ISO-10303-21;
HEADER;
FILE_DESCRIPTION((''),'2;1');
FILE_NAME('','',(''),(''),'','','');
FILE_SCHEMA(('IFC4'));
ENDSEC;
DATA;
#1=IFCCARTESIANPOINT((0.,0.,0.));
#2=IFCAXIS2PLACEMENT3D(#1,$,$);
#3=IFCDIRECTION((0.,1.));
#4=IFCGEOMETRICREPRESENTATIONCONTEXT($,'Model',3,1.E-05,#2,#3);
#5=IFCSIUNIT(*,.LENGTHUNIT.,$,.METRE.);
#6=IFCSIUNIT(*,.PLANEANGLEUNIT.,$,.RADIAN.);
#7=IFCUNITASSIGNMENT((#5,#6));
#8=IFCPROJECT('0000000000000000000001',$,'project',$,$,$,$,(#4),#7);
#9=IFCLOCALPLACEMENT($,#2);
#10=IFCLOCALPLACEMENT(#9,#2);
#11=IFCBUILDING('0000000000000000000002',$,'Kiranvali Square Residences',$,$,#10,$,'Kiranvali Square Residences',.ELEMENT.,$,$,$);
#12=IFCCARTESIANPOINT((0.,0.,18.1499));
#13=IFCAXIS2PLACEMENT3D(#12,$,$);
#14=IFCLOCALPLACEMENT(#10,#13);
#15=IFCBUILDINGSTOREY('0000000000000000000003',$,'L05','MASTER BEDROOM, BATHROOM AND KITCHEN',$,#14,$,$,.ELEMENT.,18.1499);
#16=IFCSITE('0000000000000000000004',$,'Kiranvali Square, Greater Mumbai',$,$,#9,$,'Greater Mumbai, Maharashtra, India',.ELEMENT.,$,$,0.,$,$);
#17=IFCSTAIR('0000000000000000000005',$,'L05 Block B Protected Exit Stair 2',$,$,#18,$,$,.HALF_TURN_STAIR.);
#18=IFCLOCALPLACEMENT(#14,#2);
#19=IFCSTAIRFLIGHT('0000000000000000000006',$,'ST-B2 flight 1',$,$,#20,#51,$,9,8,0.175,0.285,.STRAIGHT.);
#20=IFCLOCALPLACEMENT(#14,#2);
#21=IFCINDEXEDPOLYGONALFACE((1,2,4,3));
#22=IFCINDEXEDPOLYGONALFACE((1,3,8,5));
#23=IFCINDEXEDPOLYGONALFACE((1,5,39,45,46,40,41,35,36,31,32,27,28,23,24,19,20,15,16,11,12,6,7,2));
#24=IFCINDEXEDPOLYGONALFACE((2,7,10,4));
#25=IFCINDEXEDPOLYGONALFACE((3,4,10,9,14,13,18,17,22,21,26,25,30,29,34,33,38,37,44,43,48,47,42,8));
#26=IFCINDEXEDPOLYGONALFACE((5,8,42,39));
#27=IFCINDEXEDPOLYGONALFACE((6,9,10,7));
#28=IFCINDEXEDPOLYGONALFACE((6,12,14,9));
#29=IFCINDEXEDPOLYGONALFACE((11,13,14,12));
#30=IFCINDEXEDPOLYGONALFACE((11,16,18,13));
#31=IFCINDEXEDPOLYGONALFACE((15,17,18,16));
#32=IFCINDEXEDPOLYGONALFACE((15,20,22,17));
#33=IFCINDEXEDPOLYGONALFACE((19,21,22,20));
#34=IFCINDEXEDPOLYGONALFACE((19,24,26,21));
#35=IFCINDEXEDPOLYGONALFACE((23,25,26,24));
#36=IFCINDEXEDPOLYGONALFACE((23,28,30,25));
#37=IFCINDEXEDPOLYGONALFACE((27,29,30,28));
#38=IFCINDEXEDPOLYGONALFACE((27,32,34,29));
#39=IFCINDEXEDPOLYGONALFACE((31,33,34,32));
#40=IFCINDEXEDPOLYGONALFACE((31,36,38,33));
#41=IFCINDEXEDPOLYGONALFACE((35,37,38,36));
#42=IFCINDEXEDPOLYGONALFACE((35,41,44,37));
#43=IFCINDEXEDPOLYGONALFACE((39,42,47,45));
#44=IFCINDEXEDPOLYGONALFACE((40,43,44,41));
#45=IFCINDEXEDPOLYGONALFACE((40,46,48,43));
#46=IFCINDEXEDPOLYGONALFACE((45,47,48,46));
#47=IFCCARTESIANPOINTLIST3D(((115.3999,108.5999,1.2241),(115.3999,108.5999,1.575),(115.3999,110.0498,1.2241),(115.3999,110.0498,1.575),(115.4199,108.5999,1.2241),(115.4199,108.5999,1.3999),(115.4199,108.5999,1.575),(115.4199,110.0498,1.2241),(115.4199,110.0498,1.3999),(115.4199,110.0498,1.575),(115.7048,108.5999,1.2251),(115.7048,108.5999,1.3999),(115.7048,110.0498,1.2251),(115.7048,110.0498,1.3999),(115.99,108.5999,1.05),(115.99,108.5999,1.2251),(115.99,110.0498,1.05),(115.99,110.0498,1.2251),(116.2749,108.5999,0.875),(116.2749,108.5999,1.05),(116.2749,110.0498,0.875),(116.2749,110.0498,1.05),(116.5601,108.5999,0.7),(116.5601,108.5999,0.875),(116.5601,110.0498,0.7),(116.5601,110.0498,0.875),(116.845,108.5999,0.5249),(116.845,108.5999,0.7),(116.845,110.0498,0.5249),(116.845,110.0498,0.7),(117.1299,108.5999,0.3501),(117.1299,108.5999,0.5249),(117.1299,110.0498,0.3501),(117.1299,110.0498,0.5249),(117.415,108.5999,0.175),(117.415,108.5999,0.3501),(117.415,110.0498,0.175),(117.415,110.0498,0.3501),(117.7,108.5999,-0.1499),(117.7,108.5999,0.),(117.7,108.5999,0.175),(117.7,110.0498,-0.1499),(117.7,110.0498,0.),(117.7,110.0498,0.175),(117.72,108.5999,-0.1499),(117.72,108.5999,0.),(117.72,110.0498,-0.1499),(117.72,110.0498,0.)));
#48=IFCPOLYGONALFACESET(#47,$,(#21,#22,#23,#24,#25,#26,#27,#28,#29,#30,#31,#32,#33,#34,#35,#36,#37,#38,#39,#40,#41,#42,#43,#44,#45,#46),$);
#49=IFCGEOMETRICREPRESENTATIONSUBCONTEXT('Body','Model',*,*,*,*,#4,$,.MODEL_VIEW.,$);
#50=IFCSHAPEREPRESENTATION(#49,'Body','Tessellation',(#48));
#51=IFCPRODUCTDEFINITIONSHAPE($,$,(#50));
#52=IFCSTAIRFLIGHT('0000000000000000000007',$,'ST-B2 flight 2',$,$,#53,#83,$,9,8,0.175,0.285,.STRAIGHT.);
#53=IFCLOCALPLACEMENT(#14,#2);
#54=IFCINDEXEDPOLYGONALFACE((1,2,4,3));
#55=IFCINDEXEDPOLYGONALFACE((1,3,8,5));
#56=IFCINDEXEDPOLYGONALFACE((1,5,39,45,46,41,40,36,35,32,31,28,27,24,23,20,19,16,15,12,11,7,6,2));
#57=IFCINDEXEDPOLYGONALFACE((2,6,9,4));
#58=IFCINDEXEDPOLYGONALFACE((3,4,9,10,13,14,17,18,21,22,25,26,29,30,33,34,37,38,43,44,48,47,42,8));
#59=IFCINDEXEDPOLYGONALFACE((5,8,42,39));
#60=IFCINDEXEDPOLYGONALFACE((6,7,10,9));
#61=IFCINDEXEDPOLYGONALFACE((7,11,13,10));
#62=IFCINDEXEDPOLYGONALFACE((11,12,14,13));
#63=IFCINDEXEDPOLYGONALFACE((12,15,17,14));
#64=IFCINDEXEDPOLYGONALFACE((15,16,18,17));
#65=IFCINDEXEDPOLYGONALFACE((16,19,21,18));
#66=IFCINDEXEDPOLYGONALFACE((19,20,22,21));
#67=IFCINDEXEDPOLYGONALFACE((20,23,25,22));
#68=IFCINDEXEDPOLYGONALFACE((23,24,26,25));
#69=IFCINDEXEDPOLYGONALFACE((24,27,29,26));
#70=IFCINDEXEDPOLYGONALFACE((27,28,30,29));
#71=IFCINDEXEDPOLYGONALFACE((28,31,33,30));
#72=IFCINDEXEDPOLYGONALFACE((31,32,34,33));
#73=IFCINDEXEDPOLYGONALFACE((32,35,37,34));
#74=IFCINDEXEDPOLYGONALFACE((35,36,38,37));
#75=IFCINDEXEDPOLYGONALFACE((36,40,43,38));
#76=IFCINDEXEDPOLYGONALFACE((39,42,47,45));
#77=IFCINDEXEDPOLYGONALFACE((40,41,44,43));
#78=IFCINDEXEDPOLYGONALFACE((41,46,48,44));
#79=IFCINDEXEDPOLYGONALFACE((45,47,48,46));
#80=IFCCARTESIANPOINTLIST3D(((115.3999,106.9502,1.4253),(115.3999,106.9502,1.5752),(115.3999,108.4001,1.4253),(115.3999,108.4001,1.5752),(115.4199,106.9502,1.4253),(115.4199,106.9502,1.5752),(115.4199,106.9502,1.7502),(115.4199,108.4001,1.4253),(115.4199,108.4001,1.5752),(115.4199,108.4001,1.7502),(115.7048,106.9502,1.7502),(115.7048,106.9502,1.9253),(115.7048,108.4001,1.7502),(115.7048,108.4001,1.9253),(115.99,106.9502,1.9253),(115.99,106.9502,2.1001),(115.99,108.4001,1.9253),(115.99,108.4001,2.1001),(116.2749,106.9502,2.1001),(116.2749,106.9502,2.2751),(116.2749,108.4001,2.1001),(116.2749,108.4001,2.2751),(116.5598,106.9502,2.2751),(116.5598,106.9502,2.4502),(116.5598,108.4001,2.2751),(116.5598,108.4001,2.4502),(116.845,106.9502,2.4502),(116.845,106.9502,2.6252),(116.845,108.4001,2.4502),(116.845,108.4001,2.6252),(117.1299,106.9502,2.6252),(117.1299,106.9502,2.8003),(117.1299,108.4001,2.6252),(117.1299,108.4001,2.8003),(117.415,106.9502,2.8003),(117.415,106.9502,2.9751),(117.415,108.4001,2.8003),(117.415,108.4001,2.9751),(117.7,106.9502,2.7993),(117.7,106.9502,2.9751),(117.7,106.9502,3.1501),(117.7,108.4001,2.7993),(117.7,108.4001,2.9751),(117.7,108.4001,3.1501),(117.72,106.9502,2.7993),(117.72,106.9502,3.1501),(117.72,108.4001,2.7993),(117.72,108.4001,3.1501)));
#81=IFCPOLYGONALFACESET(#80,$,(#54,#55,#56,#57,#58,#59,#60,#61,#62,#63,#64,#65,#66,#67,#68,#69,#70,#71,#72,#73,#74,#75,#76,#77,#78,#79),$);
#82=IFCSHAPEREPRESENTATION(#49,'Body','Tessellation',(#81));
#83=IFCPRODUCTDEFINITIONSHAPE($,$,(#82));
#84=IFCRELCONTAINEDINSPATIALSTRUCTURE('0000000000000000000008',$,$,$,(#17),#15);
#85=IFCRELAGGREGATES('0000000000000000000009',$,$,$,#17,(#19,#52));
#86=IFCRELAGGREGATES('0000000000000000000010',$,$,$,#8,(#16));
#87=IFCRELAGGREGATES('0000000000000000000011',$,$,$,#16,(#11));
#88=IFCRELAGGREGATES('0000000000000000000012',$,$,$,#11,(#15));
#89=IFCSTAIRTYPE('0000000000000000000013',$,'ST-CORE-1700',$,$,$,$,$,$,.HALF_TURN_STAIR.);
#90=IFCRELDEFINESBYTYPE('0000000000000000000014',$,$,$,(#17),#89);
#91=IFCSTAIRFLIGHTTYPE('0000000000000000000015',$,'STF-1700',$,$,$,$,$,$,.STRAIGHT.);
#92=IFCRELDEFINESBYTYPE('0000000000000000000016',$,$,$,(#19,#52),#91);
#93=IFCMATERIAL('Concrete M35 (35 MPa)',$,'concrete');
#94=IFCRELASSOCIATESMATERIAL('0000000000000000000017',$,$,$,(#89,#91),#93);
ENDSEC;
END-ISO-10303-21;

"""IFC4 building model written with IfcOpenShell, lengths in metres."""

from ifc_helpers import new_model, si_unit, direction, frame, origin, place, context, subcontext, project, spatial, polyline, outline, extrude, material, type_object, element, aggregate, save


model = new_model("IFC4")

# Units and contexts
model_context = context("Model", 3, precision=1e-05, world=origin(), true_north=direction((0.0, 1.0)))
body_context = subcontext(model_context, "Body", "Model", "MODEL_VIEW")
ifc_project = project(units=[si_unit("LENGTHUNIT", "METRE"), si_unit("PLANEANGLEUNIT", "RADIAN")], contexts=[model_context])

# Site, building, storey
site_placement = place(None, origin())
site = spatial("IfcSite", under=ifc_project, at=site_placement, Name="Kiranvali Square, Greater Mumbai", LongName="Greater Mumbai, Maharashtra, India", CompositionType="ELEMENT", RefElevation=0.0)
building_placement = place(site_placement, origin())
building = spatial("IfcBuilding", under=site, at=building_placement, Name="Kiranvali Square Residences", LongName="Kiranvali Square Residences", CompositionType="ELEMENT")
storey_placement = place(building_placement, frame((0.0, 0.0, 18.1499)))
storey = spatial("IfcBuildingStorey", under=building, at=storey_placement, Name="L05", Description="MASTER BEDROOM, BATHROOM AND KITCHEN", CompositionType="ELEMENT", Elevation=18.1499)

# Stair, stair flights
ifc_material_1 = material(Name="Concrete M35 (35 MPa)", Category="concrete")
stair_type = type_object("IfcStairType", Name="ST-CORE-1700", PredefinedType="HALF_TURN_STAIR", material=ifc_material_1)
stair_placement = place(storey_placement, origin())
stair = element("IfcStair", 1, at=stair_placement, inside=storey, type_object=stair_type, Name="L05 Block B Protected Exit Stair 2", PredefinedType="HALF_TURN_STAIR")
stair_flight_type = type_object("IfcStairFlightType", Name="STF-1700", PredefinedType="STRAIGHT", material=ifc_material_1)
stair_flight_1_placement = place(storey_placement, frame((117.7, 109.325, 0.0), z_axis=(0.0, 0.0, 1.0), x_axis=(-1.0, 0.0, 0.0)))
stair_flight_1 = element("IfcStairFlight", 2, at=stair_flight_1_placement, type_object=stair_flight_type, Name="ST-B2 flight 1", NumberOfRisers=9, NumberOfTreads=8, PredefinedType="STRAIGHT", RiserHeight=0.175, TreadLength=0.285, context=body_context, shape_type="SweptSolid", body=[
    extrude(outline(polyline([(-0.02, -0.1499), (-0.02, 0.0), (0.0, 0.0), (0.0, 0.175), (0.2849, 0.175), (0.2849, 0.3501), (0.5701, 0.3501), (0.5701, 0.5249), (0.855, 0.5249), (0.855, 0.7), (1.1399, 0.7), (1.1399, 0.875), (1.425, 0.875), (1.425, 1.05), (1.71, 1.05), (1.71, 1.2251), (1.9951, 1.2251), (1.9951, 1.3999), (2.28, 1.3999), (2.28, 1.575), (2.3, 1.575), (2.3, 1.2241), (2.28, 1.2241), (0.0, -0.1499), (-0.02, -0.1499)])), frame((0.0, 0.7251, 0.0), z_axis=(0.0, -1.0, 0.0), x_axis=(1.0, 0.0, 0.0)), (0.0, 0.0, 1.0), 1.45),
])
stair_flight_2_placement = place(storey_placement, frame((115.4199, 107.675, 1.5752), z_axis=(0.0, 0.0, 1.0), x_axis=(1.0, 0.0, 0.0)))
stair_flight_2 = element("IfcStairFlight", 3, at=stair_flight_2_placement, type_object=stair_flight_type, Name="ST-B2 flight 2", NumberOfRisers=9, NumberOfTreads=8, PredefinedType="STRAIGHT", RiserHeight=0.175, TreadLength=0.285, context=body_context, shape_type="SweptSolid", body=[
    extrude(outline(polyline([(-0.02, -0.1499), (-0.02, 0.0), (0.0, 0.0), (0.0, 0.175), (0.2849, 0.175), (0.2849, 0.3501), (0.5701, 0.3501), (0.5701, 0.5249), (0.855, 0.5249), (0.855, 0.7), (1.1399, 0.7), (1.1399, 0.875), (1.425, 0.875), (1.425, 1.05), (1.71, 1.05), (1.71, 1.2251), (1.9951, 1.2251), (1.9951, 1.3999), (2.28, 1.3999), (2.28, 1.575), (2.3, 1.575), (2.3, 1.2241), (2.28, 1.2241), (0.0, -0.1499), (-0.02, -0.1499)])), frame((0.0, 0.7251, 0.0), z_axis=(0.0, -1.0, 0.0), x_axis=(1.0, 0.0, 0.0)), (0.0, 0.0, 1.0), 1.45),
])
aggregate(stair, [stair_flight_1, stair_flight_2])

save(model, "model.ifc")
